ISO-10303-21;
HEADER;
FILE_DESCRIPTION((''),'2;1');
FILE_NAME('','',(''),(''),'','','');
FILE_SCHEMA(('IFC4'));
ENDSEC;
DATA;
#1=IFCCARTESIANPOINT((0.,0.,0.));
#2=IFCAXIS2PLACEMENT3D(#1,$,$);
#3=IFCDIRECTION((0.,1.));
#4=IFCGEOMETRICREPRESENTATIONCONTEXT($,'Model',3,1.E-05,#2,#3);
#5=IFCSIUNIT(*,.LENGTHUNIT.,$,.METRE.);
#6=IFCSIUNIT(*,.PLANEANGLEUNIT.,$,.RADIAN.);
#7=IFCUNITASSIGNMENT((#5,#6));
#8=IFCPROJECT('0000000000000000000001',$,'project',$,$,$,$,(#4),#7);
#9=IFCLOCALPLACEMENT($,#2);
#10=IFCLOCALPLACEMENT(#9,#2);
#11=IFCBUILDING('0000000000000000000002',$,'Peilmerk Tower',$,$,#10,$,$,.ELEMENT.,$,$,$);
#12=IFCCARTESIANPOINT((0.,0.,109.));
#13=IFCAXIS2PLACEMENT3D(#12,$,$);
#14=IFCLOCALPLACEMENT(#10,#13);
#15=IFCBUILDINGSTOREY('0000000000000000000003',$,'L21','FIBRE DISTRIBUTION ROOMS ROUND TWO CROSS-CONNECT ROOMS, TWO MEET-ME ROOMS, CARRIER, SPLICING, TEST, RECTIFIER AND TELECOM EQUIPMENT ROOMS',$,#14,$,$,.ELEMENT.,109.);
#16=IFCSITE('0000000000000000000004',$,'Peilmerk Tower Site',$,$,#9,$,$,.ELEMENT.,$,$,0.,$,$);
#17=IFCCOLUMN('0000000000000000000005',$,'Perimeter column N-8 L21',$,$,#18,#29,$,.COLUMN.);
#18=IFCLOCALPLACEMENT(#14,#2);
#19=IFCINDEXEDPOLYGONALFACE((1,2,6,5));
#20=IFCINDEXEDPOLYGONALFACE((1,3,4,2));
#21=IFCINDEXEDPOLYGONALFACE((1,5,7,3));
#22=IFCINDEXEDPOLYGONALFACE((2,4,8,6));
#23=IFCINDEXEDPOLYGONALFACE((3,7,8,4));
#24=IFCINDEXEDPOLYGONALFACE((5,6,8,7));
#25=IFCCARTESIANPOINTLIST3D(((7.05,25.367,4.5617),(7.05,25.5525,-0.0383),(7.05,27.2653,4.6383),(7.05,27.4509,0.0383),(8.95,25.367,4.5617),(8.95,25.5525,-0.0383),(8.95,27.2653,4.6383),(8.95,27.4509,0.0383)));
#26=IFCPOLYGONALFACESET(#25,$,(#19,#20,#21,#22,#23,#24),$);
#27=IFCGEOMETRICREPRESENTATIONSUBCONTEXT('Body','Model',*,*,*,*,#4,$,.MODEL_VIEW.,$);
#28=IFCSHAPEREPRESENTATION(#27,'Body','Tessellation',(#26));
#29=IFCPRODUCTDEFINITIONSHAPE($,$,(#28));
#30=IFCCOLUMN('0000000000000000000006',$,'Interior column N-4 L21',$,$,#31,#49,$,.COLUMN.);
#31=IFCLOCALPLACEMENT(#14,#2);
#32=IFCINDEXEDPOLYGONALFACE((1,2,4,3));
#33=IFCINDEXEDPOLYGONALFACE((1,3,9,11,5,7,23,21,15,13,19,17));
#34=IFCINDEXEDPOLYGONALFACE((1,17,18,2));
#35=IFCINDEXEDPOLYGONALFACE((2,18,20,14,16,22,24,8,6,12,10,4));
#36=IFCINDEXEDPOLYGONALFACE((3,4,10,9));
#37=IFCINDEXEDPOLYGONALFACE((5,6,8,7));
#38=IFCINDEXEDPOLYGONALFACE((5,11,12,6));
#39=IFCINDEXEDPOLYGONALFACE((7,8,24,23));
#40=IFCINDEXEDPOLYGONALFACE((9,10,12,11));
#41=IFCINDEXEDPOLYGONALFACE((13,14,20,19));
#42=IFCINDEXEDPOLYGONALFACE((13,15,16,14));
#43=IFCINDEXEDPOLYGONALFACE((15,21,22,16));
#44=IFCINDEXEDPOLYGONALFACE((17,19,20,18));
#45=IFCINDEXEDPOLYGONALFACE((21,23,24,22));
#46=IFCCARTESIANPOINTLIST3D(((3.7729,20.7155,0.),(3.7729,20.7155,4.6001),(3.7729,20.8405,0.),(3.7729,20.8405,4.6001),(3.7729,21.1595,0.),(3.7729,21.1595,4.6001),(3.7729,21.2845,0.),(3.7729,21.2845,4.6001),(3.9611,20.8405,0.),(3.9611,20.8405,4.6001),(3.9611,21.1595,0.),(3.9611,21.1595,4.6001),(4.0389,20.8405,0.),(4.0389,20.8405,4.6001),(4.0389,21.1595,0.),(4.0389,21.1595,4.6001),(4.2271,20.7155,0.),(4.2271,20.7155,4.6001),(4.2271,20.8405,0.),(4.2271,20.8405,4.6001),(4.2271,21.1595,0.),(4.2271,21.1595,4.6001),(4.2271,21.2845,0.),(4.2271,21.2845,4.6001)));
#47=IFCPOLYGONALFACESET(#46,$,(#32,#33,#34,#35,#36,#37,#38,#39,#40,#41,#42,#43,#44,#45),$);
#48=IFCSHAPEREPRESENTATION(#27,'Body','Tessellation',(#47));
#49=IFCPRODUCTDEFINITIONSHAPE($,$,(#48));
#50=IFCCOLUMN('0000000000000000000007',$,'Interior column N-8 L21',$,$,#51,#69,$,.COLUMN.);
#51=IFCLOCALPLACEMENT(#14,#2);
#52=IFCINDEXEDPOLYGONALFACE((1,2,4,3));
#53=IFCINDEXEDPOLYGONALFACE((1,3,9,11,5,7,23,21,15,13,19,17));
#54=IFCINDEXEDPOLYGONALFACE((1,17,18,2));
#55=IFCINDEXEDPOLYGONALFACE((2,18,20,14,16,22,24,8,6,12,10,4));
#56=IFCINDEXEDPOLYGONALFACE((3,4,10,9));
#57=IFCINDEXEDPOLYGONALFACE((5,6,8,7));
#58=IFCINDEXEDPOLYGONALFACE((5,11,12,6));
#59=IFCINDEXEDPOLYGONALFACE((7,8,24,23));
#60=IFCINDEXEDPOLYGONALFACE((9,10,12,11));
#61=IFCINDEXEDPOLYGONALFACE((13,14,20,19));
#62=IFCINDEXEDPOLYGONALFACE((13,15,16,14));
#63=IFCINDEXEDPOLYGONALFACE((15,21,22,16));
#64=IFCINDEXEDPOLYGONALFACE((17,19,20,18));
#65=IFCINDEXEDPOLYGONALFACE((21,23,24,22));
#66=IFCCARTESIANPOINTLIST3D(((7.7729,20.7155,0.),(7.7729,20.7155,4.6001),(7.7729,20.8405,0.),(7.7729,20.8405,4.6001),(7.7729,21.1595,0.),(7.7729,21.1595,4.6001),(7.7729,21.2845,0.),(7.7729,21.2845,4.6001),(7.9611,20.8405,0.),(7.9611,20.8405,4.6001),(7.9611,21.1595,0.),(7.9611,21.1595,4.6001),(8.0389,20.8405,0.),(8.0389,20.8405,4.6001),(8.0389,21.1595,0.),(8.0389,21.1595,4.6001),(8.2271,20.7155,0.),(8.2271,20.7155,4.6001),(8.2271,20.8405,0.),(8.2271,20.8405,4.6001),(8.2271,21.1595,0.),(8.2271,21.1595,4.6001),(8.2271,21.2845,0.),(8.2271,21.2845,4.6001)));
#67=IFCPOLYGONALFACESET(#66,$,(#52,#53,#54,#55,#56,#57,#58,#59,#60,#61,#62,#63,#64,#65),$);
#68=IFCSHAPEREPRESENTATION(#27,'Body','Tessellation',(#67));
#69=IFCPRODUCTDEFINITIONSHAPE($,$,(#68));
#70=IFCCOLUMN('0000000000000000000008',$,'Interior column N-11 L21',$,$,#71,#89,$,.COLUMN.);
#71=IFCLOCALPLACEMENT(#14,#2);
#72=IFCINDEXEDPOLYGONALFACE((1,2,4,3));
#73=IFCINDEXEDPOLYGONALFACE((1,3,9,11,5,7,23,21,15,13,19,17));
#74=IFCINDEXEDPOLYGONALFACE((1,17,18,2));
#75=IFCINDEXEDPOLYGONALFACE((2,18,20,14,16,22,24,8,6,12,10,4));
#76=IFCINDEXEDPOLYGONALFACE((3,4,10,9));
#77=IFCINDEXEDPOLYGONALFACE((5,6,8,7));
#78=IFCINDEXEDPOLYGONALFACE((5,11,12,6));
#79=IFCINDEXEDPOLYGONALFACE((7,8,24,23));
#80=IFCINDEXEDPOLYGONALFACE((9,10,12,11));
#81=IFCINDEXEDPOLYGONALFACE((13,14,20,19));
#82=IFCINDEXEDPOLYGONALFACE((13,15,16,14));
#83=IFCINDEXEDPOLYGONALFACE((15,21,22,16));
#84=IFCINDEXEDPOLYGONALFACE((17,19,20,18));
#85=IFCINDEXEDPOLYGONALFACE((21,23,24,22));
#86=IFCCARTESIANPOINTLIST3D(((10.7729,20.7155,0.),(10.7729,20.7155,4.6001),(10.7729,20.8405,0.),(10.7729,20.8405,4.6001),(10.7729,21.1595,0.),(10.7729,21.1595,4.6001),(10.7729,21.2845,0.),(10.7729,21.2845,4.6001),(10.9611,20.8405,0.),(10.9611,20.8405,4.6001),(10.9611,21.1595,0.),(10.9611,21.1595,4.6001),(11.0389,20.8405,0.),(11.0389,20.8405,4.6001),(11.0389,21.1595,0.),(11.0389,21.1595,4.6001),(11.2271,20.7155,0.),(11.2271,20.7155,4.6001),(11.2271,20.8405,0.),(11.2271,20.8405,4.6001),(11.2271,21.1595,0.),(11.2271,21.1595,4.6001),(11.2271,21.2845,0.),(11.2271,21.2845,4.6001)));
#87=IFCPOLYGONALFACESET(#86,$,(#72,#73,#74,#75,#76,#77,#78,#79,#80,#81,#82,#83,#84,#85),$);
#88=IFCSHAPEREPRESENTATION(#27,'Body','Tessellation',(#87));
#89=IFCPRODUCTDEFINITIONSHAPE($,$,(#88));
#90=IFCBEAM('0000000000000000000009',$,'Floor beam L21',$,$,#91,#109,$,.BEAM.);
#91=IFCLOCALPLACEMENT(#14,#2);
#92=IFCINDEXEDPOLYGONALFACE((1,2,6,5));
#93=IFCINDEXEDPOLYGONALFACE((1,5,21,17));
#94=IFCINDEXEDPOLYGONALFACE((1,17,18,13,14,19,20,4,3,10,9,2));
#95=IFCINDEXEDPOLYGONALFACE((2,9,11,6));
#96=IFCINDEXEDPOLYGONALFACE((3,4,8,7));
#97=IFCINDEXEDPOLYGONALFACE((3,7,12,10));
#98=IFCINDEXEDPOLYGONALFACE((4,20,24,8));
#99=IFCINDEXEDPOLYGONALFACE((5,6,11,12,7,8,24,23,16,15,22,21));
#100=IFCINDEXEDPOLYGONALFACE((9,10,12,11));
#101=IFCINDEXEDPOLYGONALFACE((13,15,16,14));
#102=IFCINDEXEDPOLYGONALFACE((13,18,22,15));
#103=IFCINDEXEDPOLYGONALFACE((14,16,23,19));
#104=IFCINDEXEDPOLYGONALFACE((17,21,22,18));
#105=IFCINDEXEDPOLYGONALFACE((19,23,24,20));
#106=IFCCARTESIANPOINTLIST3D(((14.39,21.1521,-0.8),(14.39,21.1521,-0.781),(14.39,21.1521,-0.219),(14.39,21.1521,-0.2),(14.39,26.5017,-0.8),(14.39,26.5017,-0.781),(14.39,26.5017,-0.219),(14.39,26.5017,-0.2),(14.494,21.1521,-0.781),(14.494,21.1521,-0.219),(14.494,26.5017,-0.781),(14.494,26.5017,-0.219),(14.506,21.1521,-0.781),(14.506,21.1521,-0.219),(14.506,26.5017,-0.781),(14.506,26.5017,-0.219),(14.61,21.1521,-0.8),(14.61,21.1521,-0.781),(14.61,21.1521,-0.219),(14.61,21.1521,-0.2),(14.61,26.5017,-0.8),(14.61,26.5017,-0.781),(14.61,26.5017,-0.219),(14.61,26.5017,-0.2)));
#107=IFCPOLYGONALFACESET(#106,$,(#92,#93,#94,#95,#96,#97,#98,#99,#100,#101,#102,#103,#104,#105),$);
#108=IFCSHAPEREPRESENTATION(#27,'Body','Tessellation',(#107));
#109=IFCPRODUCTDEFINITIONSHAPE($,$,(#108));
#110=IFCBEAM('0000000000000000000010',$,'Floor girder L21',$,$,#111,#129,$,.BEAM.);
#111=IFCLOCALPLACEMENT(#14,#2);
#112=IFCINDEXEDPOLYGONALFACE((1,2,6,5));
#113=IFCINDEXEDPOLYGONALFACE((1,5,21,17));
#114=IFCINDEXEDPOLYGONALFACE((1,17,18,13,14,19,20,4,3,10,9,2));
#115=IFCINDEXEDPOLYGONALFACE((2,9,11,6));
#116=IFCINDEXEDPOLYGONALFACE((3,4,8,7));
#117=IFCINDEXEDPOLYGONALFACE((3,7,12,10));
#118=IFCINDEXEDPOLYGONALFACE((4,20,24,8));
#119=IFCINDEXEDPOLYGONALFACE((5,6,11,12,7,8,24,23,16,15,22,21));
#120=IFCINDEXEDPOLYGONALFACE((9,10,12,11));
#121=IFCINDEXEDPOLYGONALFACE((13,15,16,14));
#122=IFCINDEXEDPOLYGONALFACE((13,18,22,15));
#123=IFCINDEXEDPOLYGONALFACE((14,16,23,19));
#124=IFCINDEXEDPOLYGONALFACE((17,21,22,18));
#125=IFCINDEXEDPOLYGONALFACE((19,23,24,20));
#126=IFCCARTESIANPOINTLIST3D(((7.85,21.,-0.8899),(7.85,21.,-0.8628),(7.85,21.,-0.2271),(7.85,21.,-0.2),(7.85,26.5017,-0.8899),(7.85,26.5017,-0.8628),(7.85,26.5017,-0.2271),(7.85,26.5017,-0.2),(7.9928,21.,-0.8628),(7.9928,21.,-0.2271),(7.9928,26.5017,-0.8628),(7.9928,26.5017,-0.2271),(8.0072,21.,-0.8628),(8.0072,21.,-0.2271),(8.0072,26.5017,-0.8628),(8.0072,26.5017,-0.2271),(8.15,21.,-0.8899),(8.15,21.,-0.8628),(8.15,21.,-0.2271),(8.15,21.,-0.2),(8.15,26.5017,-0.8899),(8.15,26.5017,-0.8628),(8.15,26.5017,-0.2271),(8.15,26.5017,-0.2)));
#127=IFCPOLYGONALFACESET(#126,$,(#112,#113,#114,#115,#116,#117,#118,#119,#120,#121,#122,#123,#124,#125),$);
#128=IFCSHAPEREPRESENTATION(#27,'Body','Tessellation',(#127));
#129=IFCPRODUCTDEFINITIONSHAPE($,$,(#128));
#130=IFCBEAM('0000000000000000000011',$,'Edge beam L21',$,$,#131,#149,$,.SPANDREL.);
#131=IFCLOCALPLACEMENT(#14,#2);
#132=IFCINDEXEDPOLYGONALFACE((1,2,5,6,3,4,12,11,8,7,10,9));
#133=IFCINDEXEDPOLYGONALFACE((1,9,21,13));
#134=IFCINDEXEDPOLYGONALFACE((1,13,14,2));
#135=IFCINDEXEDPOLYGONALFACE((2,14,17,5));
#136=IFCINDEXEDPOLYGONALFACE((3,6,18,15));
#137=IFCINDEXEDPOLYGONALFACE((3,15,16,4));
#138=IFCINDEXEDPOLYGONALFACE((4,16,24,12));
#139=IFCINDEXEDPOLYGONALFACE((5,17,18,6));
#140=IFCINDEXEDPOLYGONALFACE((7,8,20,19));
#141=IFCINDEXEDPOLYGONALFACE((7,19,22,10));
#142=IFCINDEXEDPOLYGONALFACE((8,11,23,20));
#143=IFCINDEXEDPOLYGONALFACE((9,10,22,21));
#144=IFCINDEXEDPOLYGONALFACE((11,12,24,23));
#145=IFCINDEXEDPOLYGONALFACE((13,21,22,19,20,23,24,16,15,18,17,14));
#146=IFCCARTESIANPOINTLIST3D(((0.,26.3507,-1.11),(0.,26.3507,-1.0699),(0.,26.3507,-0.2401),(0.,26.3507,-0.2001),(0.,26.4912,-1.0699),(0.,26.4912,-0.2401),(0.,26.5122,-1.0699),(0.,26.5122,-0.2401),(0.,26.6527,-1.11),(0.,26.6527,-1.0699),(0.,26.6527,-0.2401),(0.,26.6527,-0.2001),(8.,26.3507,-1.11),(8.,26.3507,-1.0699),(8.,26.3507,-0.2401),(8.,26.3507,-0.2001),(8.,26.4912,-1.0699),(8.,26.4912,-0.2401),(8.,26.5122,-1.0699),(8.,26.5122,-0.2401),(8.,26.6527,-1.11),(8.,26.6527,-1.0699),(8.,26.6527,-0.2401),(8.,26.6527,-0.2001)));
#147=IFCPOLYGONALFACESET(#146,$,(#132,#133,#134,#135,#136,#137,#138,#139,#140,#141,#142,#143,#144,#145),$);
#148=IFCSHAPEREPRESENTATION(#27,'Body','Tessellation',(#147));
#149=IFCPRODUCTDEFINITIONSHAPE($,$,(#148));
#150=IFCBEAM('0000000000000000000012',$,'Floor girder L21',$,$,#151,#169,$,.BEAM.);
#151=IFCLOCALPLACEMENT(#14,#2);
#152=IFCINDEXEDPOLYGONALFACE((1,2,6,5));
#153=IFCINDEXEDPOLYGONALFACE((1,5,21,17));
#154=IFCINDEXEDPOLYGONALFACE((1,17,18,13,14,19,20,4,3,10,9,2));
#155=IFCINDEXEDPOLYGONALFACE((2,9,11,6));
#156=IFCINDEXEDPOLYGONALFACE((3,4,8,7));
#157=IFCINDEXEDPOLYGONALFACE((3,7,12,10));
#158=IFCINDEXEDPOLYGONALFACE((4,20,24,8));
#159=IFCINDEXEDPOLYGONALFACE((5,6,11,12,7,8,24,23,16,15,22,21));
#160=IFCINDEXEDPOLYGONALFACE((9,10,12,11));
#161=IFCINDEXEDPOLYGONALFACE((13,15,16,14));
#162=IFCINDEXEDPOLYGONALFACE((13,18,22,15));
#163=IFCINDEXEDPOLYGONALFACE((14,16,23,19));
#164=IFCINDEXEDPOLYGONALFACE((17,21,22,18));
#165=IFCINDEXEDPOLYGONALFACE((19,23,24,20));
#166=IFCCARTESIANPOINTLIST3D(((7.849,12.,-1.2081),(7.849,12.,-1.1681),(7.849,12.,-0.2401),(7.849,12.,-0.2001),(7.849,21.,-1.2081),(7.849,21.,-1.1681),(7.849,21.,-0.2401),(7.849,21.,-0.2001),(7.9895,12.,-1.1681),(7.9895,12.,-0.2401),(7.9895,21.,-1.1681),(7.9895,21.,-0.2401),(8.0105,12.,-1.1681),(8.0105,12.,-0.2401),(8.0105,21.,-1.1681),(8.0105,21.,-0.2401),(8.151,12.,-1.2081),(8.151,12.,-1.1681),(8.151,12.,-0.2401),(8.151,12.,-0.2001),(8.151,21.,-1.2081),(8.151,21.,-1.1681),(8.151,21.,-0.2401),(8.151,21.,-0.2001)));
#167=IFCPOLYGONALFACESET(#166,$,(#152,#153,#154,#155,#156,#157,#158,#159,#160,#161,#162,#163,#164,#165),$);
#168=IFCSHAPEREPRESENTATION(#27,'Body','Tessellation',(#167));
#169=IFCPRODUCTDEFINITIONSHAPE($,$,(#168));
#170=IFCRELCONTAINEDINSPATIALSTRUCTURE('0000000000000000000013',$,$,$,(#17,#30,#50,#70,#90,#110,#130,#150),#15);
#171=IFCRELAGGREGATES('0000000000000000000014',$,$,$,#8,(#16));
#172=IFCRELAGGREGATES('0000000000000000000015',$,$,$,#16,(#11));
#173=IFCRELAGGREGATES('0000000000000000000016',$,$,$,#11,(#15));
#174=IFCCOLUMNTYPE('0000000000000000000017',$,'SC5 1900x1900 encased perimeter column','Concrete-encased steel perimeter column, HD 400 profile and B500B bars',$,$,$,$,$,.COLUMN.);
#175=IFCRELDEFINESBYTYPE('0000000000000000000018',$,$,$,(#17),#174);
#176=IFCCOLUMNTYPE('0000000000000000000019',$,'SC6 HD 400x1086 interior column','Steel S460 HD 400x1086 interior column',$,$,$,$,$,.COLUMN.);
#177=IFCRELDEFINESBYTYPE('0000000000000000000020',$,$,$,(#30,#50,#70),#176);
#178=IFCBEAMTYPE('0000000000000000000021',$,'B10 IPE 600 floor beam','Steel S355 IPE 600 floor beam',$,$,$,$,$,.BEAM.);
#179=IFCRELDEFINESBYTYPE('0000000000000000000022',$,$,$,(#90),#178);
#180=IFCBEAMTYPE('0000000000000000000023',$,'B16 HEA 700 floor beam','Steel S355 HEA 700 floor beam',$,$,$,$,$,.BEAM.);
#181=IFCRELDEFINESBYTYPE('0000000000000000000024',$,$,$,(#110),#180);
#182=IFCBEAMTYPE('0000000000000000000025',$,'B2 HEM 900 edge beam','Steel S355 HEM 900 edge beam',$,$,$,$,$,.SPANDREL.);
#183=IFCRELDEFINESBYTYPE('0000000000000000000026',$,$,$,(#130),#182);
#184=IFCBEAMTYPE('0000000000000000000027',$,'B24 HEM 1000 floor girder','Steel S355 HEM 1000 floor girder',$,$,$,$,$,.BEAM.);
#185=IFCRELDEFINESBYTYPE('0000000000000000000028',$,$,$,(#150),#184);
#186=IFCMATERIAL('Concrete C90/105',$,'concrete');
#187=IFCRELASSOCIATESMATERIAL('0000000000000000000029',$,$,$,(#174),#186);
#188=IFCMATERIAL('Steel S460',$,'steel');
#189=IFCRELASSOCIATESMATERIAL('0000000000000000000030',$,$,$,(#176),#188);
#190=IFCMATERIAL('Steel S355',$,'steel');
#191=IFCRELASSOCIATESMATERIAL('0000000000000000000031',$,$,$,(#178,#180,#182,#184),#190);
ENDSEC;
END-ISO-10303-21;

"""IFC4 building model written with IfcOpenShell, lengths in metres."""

from ifc_helpers import new_model, si_unit, direction, frame, origin, origin_2d, place, context, subcontext, project, spatial, rectangle, i_section, extrude, material, material_profile, profile_set, type_object, element, save


model = new_model("IFC4")

# Units and contexts
model_context = context("Model", 3, precision=1e-05, world=origin(), true_north=direction((0.0, 1.0)))
body_context = subcontext(model_context, "Body", "Model", "MODEL_VIEW")
ifc_project = project(units=[si_unit("LENGTHUNIT", "METRE"), si_unit("PLANEANGLEUNIT", "RADIAN")], contexts=[model_context])

# Site, building, storey
site_placement = place(None, origin())
site = spatial("IfcSite", under=ifc_project, at=site_placement, Name="Peilmerk Tower Site", CompositionType="ELEMENT", RefElevation=0.0)
building_placement = place(site_placement, origin())
building = spatial("IfcBuilding", under=site, at=building_placement, Name="Peilmerk Tower", CompositionType="ELEMENT")
storey_placement = place(building_placement, frame((0.0, 0.0, 109.0)))
storey = spatial("IfcBuildingStorey", under=building, at=storey_placement, Name="L21", Description="FIBRE DISTRIBUTION ROOMS ROUND TWO CROSS-CONNECT ROOMS, TWO MEET-ME ROOMS, CARRIER, SPLICING, TEST, RECTIFIER AND TELECOM EQUIPMENT ROOMS", CompositionType="ELEMENT", Elevation=109.0)

# Columns
ifc_material_1 = material(Name="Concrete C90/105", Category="concrete")
ifc_material_profile_1 = material_profile(ifc_material_1, rectangle(XDim=1.8999, YDim=1.8999, at=origin_2d()), Name="RC 1900x1900")
ifc_profile_set_1 = profile_set([ifc_material_profile_1], Name="Concrete C90/105")
column_type_1 = type_object("IfcColumnType", Name="SC5 1900x1900 encased perimeter column", Description="Concrete-encased steel perimeter column, HD 400 profile and B500B bars", PredefinedType="COLUMN", material=ifc_profile_set_1)
column_placement = place(storey_placement, frame((8.0, 26.5017, 0.0), z_axis=(0.0, -0.040303, 0.999188), x_axis=(1.0, 0.0, 0.0)))
element("IfcColumn", 1, at=column_placement, inside=storey, type_object=column_type_1, Name="Perimeter column N-8 L21", PredefinedType="COLUMN", context=body_context, shape_type="SweptSolid", body=[
    extrude(rectangle(XDim=1.8999, YDim=1.8999, at=origin_2d()), origin(), (0.0, 0.0, 1.0), 4.6038),
])
ifc_material_2 = material(Name="Steel S460", Category="steel")
ifc_material_profile_2 = material_profile(ifc_material_2, i_section(OverallWidth=0.4541, OverallDepth=0.5691, WebThickness=0.0779, FlangeThickness=0.125, at=origin_2d()), Name="HD 400x1086")
ifc_profile_set_2 = profile_set([ifc_material_profile_2], Name="Steel S460")
column_type_2 = type_object("IfcColumnType", Name="SC6 HD 400x1086 interior column", Description="Steel S460 HD 400x1086 interior column", PredefinedType="COLUMN", material=ifc_profile_set_2)
for number, where, z_axis, x_axis, name in (
    (2, (4.0, 21.0, 0.0), (0.0, 0.0, 1.0), (1.0, 0.0, 0.0), "Interior column N-4 L21"),
    (3, (8.0, 21.0, 0.0), (0.0, 0.0, 1.0), (1.0, 0.0, 0.0), "Interior column N-8 L21"),
    (4, (11.0, 21.0, 0.0), (0.0, 0.0, 1.0), (1.0, 0.0, 0.0), "Interior column N-11 L21"),
):
    element("IfcColumn", number, at=place(storey_placement, frame(where, z_axis=z_axis, x_axis=x_axis)), inside=storey, type_object=column_type_2, Name=name, PredefinedType="COLUMN", context=body_context, shape_type="SweptSolid", body=[
        extrude(i_section(OverallWidth=0.4541, OverallDepth=0.5691, WebThickness=0.0779, FlangeThickness=0.125, at=origin_2d()), origin(), (0.0, 0.0, 1.0), 4.6001),
    ])

# Beams
ifc_material_3 = material(Name="Steel S355", Category="steel")
ifc_material_profile_3 = material_profile(ifc_material_3, i_section(OverallWidth=0.22, OverallDepth=0.6001, WebThickness=0.012, FlangeThickness=0.019, at=origin_2d()), Name="IPE 600")
ifc_profile_set_3 = profile_set([ifc_material_profile_3], Name="Steel S355")
beam_type_1 = type_object("IfcBeamType", Name="B10 IPE 600 floor beam", Description="Steel S355 IPE 600 floor beam", PredefinedType="BEAM", material=ifc_profile_set_3)
beam_1_placement = place(storey_placement, frame((14.5, 21.1521, -0.5), z_axis=(0.0, 1.0, 0.0), x_axis=(-1.0, 0.0, 0.0)))
element("IfcBeam", 5, at=beam_1_placement, inside=storey, type_object=beam_type_1, Name="Floor beam L21", PredefinedType="BEAM", context=body_context, shape_type="SweptSolid", body=[
    extrude(i_section(OverallWidth=0.22, OverallDepth=0.6001, WebThickness=0.012, FlangeThickness=0.019, at=origin_2d()), origin(), (0.0, 0.0, 1.0), 5.3496),
])
ifc_material_profile_4 = material_profile(ifc_material_3, i_section(OverallWidth=0.3, OverallDepth=0.6899, WebThickness=0.0144, FlangeThickness=0.0271, at=origin_2d()), Name="HEA 700")
ifc_profile_set_4 = profile_set([ifc_material_profile_4], Name="Steel S355")
beam_type_2 = type_object("IfcBeamType", Name="B16 HEA 700 floor beam", Description="Steel S355 HEA 700 floor beam", PredefinedType="BEAM", material=ifc_profile_set_4)
beam_2_placement = place(storey_placement, frame((8.0, 21.0, -0.5449), z_axis=(0.0, 1.0, 0.0), x_axis=(-1.0, 0.0, 0.0)))
element("IfcBeam", 6, at=beam_2_placement, inside=storey, type_object=beam_type_2, Name="Floor girder L21", PredefinedType="BEAM", context=body_context, shape_type="SweptSolid", body=[
    extrude(i_section(OverallWidth=0.3, OverallDepth=0.6899, WebThickness=0.0144, FlangeThickness=0.0271, at=origin_2d()), origin(), (0.0, 0.0, 1.0), 5.5017),
])
ifc_material_profile_5 = material_profile(ifc_material_3, i_section(OverallWidth=0.302, OverallDepth=0.9099, WebThickness=0.021, FlangeThickness=0.04, at=origin_2d()), Name="HEM 900")
ifc_profile_set_5 = profile_set([ifc_material_profile_5], Name="Steel S355")
beam_type_3 = type_object("IfcBeamType", Name="B2 HEM 900 edge beam", Description="Steel S355 HEM 900 edge beam", PredefinedType="SPANDREL", material=ifc_profile_set_5)
beam_3_placement = place(storey_placement, frame((8.0, 26.5017, -0.655), z_axis=(-1.0, 0.0, 0.0), x_axis=(0.0, -1.0, 0.0)))
element("IfcBeam", 7, at=beam_3_placement, inside=storey, type_object=beam_type_3, Name="Edge beam L21", PredefinedType="SPANDREL", context=body_context, shape_type="SweptSolid", body=[
    extrude(i_section(OverallWidth=0.302, OverallDepth=0.9099, WebThickness=0.021, FlangeThickness=0.04, at=origin_2d()), origin(), (0.0, 0.0, 1.0), 8.0),
])
ifc_material_profile_6 = material_profile(ifc_material_3, i_section(OverallWidth=0.302, OverallDepth=1.0081, WebThickness=0.021, FlangeThickness=0.04, at=origin_2d()), Name="HEM 1000")
ifc_profile_set_6 = profile_set([ifc_material_profile_6], Name="Steel S355")
beam_type_4 = type_object("IfcBeamType", Name="B24 HEM 1000 floor girder", Description="Steel S355 HEM 1000 floor girder", PredefinedType="BEAM", material=ifc_profile_set_6)
beam_4_placement = place(storey_placement, frame((8.0, 12.0, -0.7041), z_axis=(0.0, 1.0, 0.0), x_axis=(-1.0, 0.0, 0.0)))
element("IfcBeam", 8, at=beam_4_placement, inside=storey, type_object=beam_type_4, Name="Floor girder L21", PredefinedType="BEAM", context=body_context, shape_type="SweptSolid", body=[
    extrude(i_section(OverallWidth=0.302, OverallDepth=1.0081, WebThickness=0.021, FlangeThickness=0.04, at=origin_2d()), origin(), (0.0, 0.0, 1.0), 9.0),
])

save(model, "model.ifc")
